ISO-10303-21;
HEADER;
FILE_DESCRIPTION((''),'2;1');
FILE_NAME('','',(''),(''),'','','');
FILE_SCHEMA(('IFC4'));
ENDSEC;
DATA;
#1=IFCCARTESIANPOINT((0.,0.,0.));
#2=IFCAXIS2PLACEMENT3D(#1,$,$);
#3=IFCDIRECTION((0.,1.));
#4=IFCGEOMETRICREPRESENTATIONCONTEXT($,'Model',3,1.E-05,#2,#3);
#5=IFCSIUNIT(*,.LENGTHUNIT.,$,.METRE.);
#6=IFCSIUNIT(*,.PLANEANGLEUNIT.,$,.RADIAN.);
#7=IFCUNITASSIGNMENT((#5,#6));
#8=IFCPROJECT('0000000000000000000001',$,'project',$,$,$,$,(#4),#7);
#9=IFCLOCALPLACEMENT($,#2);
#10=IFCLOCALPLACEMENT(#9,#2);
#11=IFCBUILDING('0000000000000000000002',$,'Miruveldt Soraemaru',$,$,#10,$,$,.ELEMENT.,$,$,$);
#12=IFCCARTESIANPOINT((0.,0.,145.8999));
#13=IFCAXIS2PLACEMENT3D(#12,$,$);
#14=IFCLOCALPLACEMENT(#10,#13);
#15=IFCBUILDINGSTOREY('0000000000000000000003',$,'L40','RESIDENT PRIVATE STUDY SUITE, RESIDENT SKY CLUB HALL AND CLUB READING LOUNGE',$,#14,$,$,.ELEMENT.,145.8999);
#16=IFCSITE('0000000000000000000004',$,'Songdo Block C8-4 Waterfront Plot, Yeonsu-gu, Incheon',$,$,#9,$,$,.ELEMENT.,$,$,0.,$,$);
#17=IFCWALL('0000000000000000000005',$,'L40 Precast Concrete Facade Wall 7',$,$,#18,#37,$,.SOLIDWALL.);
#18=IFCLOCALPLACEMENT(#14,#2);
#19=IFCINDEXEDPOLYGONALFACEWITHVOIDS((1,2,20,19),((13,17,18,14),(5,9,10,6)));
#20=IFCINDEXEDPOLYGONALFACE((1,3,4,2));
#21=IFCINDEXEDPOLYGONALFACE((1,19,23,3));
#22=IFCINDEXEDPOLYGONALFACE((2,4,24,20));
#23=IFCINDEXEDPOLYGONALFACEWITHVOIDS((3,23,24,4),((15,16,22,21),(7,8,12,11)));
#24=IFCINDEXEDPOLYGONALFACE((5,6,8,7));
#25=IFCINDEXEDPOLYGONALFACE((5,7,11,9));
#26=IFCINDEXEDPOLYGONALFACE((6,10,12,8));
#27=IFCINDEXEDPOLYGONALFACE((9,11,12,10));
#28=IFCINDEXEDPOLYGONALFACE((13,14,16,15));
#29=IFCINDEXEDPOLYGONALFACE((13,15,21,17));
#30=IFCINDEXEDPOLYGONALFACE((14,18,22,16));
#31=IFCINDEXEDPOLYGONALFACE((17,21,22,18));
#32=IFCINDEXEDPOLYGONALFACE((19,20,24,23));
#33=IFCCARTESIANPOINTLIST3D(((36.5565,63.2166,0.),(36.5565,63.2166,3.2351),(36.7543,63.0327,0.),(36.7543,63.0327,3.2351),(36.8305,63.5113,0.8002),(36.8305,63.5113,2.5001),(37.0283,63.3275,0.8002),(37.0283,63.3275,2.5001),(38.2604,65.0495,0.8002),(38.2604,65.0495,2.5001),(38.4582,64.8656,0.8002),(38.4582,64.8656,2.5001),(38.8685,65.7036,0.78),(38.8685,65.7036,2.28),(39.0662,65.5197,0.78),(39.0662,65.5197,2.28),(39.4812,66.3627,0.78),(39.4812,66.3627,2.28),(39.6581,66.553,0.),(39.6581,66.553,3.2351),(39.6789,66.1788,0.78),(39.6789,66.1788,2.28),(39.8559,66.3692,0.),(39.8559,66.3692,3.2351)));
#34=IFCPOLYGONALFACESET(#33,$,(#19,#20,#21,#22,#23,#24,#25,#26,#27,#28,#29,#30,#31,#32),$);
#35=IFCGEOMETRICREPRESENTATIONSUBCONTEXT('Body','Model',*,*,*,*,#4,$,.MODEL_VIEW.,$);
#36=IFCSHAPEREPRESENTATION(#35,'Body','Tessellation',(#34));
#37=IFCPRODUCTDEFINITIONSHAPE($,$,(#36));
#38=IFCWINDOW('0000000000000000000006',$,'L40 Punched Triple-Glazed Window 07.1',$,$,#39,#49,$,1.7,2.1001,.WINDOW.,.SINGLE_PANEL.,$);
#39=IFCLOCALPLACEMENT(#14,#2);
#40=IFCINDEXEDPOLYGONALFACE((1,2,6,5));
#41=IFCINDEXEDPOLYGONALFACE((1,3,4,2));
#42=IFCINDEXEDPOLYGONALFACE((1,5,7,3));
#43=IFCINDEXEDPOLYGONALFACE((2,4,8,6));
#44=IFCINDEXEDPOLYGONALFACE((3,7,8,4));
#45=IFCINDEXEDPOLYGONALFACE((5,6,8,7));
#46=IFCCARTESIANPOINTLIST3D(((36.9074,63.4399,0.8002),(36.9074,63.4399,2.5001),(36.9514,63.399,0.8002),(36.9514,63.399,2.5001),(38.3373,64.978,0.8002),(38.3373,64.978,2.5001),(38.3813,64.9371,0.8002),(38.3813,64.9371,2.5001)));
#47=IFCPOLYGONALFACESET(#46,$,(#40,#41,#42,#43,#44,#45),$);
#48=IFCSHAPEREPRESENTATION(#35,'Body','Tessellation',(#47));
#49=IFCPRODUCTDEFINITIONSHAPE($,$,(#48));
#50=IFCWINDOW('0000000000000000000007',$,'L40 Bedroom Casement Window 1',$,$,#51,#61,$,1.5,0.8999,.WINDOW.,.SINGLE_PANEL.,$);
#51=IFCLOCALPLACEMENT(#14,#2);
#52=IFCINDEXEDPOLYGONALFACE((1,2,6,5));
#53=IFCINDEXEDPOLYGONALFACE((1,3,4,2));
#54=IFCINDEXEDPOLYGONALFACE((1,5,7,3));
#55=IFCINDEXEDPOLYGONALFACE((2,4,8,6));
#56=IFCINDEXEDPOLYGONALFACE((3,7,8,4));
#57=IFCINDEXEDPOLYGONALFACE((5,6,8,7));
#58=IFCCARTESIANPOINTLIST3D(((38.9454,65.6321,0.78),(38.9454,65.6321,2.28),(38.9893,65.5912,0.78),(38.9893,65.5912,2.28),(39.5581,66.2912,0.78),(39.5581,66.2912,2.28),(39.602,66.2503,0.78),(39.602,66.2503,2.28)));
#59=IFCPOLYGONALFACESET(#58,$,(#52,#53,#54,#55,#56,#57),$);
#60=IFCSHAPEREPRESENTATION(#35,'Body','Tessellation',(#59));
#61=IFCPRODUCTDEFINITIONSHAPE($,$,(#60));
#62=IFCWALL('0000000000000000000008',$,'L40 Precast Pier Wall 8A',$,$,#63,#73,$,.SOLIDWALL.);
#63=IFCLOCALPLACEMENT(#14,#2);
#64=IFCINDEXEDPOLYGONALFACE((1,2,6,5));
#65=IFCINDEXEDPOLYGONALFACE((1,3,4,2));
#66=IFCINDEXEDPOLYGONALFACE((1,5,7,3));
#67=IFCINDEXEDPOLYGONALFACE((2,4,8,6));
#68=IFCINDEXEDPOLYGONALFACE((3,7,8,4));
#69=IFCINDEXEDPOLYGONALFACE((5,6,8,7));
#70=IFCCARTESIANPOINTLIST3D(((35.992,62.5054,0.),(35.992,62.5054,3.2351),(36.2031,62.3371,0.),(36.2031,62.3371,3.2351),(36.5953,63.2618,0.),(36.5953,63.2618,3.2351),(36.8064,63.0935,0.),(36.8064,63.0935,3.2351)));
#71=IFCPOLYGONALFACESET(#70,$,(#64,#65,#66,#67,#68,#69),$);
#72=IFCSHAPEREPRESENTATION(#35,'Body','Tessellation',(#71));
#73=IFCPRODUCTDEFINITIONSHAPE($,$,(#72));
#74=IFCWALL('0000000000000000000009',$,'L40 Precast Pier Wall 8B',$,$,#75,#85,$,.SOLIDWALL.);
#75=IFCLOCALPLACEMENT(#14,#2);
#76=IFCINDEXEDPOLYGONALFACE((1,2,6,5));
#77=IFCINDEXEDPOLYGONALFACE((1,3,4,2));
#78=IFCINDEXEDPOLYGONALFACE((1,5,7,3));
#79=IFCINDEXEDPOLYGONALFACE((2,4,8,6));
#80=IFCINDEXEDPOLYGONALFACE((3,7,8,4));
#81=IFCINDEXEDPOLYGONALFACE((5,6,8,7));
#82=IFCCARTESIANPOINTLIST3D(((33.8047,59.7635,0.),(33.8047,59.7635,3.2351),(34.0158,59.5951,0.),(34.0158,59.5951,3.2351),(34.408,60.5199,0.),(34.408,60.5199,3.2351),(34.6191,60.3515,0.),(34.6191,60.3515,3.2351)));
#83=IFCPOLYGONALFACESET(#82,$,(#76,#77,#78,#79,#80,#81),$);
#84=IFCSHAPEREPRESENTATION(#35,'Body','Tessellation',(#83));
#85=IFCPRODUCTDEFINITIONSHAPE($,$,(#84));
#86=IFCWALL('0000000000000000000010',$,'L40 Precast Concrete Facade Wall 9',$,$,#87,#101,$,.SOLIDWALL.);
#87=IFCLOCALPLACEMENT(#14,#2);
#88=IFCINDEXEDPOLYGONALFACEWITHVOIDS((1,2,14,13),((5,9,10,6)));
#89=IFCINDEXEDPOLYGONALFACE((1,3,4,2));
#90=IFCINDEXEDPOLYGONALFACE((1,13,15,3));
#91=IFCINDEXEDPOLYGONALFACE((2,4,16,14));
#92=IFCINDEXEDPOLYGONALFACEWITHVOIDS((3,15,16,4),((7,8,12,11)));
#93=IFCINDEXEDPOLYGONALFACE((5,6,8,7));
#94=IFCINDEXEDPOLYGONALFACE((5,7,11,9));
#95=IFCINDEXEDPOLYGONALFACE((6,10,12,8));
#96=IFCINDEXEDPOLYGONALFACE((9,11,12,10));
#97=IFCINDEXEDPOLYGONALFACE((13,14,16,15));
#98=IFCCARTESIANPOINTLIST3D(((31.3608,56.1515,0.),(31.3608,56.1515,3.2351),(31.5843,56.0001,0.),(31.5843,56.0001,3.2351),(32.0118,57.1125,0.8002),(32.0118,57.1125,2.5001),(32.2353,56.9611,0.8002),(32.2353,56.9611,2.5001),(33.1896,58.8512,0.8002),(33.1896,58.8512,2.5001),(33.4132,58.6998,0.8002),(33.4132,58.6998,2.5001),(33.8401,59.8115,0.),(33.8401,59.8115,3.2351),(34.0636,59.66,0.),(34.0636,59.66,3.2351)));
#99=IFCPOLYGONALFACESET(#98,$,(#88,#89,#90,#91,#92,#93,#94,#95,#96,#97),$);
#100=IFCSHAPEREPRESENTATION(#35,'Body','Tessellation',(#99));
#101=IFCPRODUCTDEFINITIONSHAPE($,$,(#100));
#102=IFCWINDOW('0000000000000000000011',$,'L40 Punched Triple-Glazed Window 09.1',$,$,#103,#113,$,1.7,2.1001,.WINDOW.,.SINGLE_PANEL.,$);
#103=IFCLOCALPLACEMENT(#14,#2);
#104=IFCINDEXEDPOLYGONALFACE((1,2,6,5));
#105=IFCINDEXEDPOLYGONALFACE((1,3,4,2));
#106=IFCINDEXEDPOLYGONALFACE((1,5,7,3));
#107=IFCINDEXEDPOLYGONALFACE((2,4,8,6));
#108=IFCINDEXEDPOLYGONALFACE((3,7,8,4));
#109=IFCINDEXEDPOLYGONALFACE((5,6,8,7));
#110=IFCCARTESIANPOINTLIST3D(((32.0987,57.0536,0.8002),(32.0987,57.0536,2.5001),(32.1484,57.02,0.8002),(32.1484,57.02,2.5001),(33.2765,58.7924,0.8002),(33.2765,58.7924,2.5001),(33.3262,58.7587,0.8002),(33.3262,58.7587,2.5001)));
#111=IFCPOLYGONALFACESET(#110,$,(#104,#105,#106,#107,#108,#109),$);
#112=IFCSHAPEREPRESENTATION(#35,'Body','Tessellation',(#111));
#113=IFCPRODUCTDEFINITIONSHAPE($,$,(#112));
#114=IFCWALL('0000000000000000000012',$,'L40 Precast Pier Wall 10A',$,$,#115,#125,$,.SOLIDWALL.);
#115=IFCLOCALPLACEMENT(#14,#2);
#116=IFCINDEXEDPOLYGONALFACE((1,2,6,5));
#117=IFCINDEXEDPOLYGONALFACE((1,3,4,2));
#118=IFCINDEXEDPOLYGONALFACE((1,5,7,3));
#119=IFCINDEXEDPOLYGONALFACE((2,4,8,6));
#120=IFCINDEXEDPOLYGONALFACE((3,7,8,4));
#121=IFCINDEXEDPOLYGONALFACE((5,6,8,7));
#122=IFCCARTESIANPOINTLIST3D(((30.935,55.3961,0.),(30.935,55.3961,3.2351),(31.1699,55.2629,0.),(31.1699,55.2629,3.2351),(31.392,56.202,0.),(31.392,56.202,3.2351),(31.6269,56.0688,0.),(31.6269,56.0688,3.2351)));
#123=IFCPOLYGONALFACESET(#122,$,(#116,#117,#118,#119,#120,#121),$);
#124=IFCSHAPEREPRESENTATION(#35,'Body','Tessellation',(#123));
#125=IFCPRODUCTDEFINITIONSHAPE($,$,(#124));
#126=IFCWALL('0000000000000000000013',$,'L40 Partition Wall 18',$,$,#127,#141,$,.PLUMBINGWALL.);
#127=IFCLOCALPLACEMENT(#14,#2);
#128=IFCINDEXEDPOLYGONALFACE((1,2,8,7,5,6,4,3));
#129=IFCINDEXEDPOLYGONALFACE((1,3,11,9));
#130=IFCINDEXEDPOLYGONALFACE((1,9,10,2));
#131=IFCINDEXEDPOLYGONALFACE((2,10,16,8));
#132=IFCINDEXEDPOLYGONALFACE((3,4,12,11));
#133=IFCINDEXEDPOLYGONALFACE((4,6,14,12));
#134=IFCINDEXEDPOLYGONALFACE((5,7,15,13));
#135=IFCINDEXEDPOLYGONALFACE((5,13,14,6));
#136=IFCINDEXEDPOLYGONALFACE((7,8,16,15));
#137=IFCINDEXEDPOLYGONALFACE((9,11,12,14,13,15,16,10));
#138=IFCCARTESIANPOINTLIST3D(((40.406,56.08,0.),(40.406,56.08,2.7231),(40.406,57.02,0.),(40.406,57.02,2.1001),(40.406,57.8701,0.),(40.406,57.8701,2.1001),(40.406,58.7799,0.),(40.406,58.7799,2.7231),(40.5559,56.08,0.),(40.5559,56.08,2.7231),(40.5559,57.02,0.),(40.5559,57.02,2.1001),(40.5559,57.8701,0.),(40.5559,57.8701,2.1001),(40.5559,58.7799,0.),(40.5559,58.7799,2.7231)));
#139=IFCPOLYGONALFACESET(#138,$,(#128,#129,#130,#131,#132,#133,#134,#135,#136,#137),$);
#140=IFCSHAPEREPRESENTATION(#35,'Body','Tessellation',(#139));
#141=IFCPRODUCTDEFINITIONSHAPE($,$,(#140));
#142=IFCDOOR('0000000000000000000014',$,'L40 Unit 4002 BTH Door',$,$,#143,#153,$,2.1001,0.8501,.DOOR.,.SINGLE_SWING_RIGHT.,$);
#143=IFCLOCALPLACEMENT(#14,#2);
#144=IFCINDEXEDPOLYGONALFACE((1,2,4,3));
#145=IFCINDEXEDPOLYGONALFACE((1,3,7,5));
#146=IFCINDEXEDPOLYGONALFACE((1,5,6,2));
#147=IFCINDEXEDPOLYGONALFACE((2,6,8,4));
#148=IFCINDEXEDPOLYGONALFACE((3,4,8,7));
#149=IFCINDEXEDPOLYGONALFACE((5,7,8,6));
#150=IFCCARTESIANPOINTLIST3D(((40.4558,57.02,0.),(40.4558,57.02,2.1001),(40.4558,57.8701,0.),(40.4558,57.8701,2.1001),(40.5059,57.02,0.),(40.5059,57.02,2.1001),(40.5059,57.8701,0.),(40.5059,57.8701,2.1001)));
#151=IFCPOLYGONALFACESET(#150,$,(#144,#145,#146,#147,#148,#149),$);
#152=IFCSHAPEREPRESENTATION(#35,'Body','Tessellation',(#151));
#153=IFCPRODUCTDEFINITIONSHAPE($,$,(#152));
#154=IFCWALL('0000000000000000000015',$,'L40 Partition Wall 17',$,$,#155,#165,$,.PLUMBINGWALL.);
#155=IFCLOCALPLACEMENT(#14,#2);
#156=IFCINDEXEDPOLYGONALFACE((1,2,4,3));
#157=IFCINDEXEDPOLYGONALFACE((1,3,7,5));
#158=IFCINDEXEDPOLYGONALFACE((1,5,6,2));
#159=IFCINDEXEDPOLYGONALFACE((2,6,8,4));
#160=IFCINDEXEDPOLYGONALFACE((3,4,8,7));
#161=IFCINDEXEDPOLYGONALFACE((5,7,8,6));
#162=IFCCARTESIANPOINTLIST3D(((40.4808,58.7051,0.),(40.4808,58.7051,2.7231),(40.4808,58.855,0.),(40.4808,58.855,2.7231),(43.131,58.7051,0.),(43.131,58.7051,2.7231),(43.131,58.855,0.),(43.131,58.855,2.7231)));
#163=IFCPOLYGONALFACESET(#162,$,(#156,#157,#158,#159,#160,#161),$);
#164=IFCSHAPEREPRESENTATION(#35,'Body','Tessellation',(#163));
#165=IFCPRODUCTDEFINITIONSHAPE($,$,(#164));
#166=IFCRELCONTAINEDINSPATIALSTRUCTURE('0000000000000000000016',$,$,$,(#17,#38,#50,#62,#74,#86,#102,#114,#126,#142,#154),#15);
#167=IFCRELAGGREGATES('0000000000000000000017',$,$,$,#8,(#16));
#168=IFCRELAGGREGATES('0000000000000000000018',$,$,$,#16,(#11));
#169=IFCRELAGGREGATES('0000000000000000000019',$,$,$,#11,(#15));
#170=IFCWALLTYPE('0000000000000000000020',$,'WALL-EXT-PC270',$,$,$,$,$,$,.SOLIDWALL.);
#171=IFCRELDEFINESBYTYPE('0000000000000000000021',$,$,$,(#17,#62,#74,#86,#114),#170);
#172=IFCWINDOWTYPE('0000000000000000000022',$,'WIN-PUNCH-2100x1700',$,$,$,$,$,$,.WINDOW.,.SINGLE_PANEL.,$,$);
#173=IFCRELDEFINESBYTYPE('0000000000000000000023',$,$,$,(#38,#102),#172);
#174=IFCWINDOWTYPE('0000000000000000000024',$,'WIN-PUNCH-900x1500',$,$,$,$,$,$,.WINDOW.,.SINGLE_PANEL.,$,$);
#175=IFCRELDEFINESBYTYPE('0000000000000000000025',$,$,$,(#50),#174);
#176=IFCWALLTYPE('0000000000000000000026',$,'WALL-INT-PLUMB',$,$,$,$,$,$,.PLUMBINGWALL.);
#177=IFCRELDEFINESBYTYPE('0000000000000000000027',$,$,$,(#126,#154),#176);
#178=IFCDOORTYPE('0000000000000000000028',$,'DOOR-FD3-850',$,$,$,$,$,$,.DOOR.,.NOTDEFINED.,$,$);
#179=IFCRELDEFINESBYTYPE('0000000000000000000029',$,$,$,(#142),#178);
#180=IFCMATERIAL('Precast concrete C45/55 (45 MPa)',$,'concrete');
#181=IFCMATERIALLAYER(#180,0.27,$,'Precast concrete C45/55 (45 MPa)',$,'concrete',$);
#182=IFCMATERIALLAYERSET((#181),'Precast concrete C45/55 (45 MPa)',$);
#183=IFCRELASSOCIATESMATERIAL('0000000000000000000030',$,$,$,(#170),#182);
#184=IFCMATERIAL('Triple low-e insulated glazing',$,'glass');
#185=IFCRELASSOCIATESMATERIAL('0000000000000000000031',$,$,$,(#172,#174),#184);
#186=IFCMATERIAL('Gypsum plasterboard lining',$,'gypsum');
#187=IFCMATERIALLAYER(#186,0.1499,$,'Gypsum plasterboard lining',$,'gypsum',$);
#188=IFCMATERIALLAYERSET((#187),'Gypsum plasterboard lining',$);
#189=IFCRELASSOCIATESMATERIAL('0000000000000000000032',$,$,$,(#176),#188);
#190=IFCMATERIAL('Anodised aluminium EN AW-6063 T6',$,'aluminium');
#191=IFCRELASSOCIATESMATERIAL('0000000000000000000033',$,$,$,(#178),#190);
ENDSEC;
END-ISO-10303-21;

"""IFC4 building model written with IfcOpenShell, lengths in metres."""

from ifc_helpers import new_model, si_unit, direction, frame, frame_2d, origin, place, context, subcontext, project, spatial, rectangle, extrude, material, layer, layer_set, type_object, element, fill, save


model = new_model("IFC4")

# Units and contexts
model_context = context("Model", 3, precision=1e-05, world=origin(), true_north=direction((0.0, 1.0)))
body_context = subcontext(model_context, "Body", "Model", "MODEL_VIEW")
ifc_project = project(units=[si_unit("LENGTHUNIT", "METRE"), si_unit("PLANEANGLEUNIT", "RADIAN")], contexts=[model_context])

# Site, building, storey
site_placement = place(None, origin())
site = spatial("IfcSite", under=ifc_project, at=site_placement, Name="Songdo Block C8-4 Waterfront Plot, Yeonsu-gu, Incheon", CompositionType="ELEMENT", RefElevation=0.0)
building_placement = place(site_placement, origin())
building = spatial("IfcBuilding", under=site, at=building_placement, Name="Miruveldt Soraemaru", CompositionType="ELEMENT")
storey_placement = place(building_placement, frame((0.0, 0.0, 145.8999)))
storey = spatial("IfcBuildingStorey", under=building, at=storey_placement, Name="L40", Description="RESIDENT PRIVATE STUDY SUITE, RESIDENT SKY CLUB HALL AND CLUB READING LOUNGE", CompositionType="ELEMENT", Elevation=145.8999)

# Shared definitions
ifc_material_1 = material(Name="Triple low-e insulated glazing", Category="glass")
ifc_material_2 = material(Name="Precast concrete C45/55 (45 MPa)", Category="concrete")
ifc_layer_1 = layer(ifc_material_2, 0.27, Name="Precast concrete C45/55 (45 MPa)", Category="concrete")
ifc_layer_set_1 = layer_set([ifc_layer_1], Name="Precast concrete C45/55 (45 MPa)")
wall_type_1 = type_object("IfcWallType", Name="WALL-EXT-PC270", PredefinedType="SOLIDWALL", material=ifc_layer_set_1)
window_type_1 = type_object("IfcWindowType", Name="WIN-PUNCH-2100x1700", PartitioningType="SINGLE_PANEL", PredefinedType="WINDOW", material=ifc_material_1)

# Wall, openings, windows
wall_1_placement = place(storey_placement, frame((39.7571, 66.4612, 0.0), z_axis=(0.0, 0.0, 1.0), x_axis=(-0.680858, -0.732415, 0.0)))
wall_1 = element("IfcWall", 1, at=wall_1_placement, inside=storey, type_object=wall_type_1, Name="L40 Precast Concrete Facade Wall 7", PredefinedType="SOLIDWALL", context=body_context, shape_type="SweptSolid", body=[
    extrude(rectangle(XDim=4.5554, YDim=0.27, at=frame_2d((2.2778, 0.0))), origin(), (0.0, 0.0, 1.0), 3.2351),
])
opening_1_placement = place(wall_1_placement, frame((2.053, 0.0, 0.8)))
opening_1 = element("IfcOpeningElement", 2, at=opening_1_placement, cuts=wall_1, PredefinedType="OPENING", context=body_context, shape_type="SweptSolid", body=[
    extrude(rectangle(XDim=2.1001, YDim=1.7, at=frame_2d((1.05, 0.8501))), frame((0.0, 0.145, 0.0), z_axis=(0.0, -1.0, 0.0), x_axis=(1.0, 0.0, 0.0)), (0.0, 0.0, 1.0), 0.29),
])
opening_2_placement = place(wall_1_placement, frame((0.26, 0.0, 0.78)))
opening_2 = element("IfcOpeningElement", 3, at=opening_2_placement, cuts=wall_1, PredefinedType="OPENING", context=body_context, shape_type="SweptSolid", body=[
    extrude(rectangle(XDim=0.8999, YDim=1.5, at=frame_2d((0.45, 0.75))), frame((0.0, 0.145, 0.0), z_axis=(0.0, -1.0, 0.0), x_axis=(1.0, 0.0, 0.0)), (0.0, 0.0, 1.0), 0.29),
])
window_1_placement = place(opening_1_placement, origin())
window_1 = element("IfcWindow", 4, at=window_1_placement, inside=storey, type_object=window_type_1, Name="L40 Punched Triple-Glazed Window 07.1", OverallHeight=1.7, OverallWidth=2.1001, PartitioningType="SINGLE_PANEL", PredefinedType="WINDOW", context=body_context, shape_type="SweptSolid", body=[
    extrude(rectangle(XDim=2.1001, YDim=1.7, at=frame_2d((1.05, 0.8501))), frame((0.0, 0.03, 0.0), z_axis=(0.0, -1.0, 0.0), x_axis=(1.0, 0.0, 0.0)), (0.0, 0.0, 1.0), 0.0601),
])
fill(opening_1, window_1)
window_type_2 = type_object("IfcWindowType", Name="WIN-PUNCH-900x1500", PartitioningType="SINGLE_PANEL", PredefinedType="WINDOW", material=ifc_material_1)
window_2_placement = place(opening_2_placement, origin())
window_2 = element("IfcWindow", 5, at=window_2_placement, inside=storey, type_object=window_type_2, Name="L40 Bedroom Casement Window 1", OverallHeight=1.5, OverallWidth=0.8999, PartitioningType="SINGLE_PANEL", PredefinedType="WINDOW", context=body_context, shape_type="SweptSolid", body=[
    extrude(rectangle(XDim=0.8999, YDim=1.5, at=frame_2d((0.45, 0.75))), frame((0.0, 0.03, 0.0), z_axis=(0.0, -1.0, 0.0), x_axis=(1.0, 0.0, 0.0)), (0.0, 0.0, 1.0), 0.0601),
])
fill(opening_2, window_2)

# Walls
for number, where, z_axis, x_axis, name in (
    (6, (36.7009, 63.1777, 0.0), (0.0, 0.0, 1.0), (-0.623556, -0.781779, 0.0), "L40 Precast Pier Wall 8A"),
    (7, (34.5137, 60.4358, 0.0), (0.0, 0.0, 1.0), (-0.623556, -0.781779, 0.0), "L40 Precast Pier Wall 8B"),
):
    element("IfcWall", number, at=place(storey_placement, frame(where, z_axis=z_axis, x_axis=x_axis)), inside=storey, type_object=wall_type_1, Name=name, PredefinedType="SOLIDWALL", context=body_context, shape_type="SweptSolid", body=[
        extrude(rectangle(XDim=0.9675, YDim=0.27, at=frame_2d((0.4839, 0.0))), origin(), (0.0, 0.0, 1.0), 3.2351),
    ])

# Wall, opening, window
wall_2_placement = place(storey_placement, frame((33.9519, 59.7358, 0.0), z_axis=(0.0, 0.0, 1.0), x_axis=(-0.560841, -0.827924, 0.0)))
wall_2 = element("IfcWall", 8, at=wall_2_placement, inside=storey, type_object=wall_type_1, Name="L40 Precast Concrete Facade Wall 9", PredefinedType="SOLIDWALL", context=body_context, shape_type="SweptSolid", body=[
    extrude(rectangle(XDim=4.4207, YDim=0.27, at=frame_2d((2.2104, 0.0))), origin(), (0.0, 0.0, 1.0), 3.2351),
])
opening_3_placement = place(wall_2_placement, frame((1.1599, 0.0, 0.8)))
opening_3 = element("IfcOpeningElement", 9, at=opening_3_placement, cuts=wall_2, PredefinedType="OPENING", context=body_context, shape_type="SweptSolid", body=[
    extrude(rectangle(XDim=2.1001, YDim=1.7, at=frame_2d((1.05, 0.8501))), frame((0.0, 0.145, 0.0), z_axis=(0.0, -1.0, 0.0), x_axis=(1.0, 0.0, 0.0)), (0.0, 0.0, 1.0), 0.29),
])
window_3_placement = place(opening_3_placement, origin())
window_3 = element("IfcWindow", 10, at=window_3_placement, inside=storey, type_object=window_type_1, Name="L40 Punched Triple-Glazed Window 09.1", OverallHeight=1.7, OverallWidth=2.1001, PartitioningType="SINGLE_PANEL", PredefinedType="WINDOW", context=body_context, shape_type="SweptSolid", body=[
    extrude(rectangle(XDim=2.1001, YDim=1.7, at=frame_2d((1.05, 0.8501))), frame((0.0, 0.03, 0.0), z_axis=(0.0, -1.0, 0.0), x_axis=(1.0, 0.0, 0.0)), (0.0, 0.0, 1.0), 0.0601),
])
fill(opening_3, window_3)

# Wall
wall_3_placement = place(storey_placement, frame((31.5095, 56.1355, 0.0), z_axis=(0.0, 0.0, 1.0), x_axis=(-0.493298, -0.86986, 0.0)))
element("IfcWall", 11, at=wall_3_placement, inside=storey, type_object=wall_type_1, Name="L40 Precast Pier Wall 10A", PredefinedType="SOLIDWALL", context=body_context, shape_type="SweptSolid", body=[
    extrude(rectangle(XDim=0.9265, YDim=0.27, at=frame_2d((0.4634, 0.0))), origin(), (0.0, 0.0, 1.0), 3.2351),
])

# Wall, opening, door
ifc_material_3 = material(Name="Gypsum plasterboard lining", Category="gypsum")
ifc_layer_2 = layer(ifc_material_3, 0.1499, Name="Gypsum plasterboard lining", Category="gypsum")
ifc_layer_set_2 = layer_set([ifc_layer_2], Name="Gypsum plasterboard lining")
wall_type_2 = type_object("IfcWallType", Name="WALL-INT-PLUMB", PredefinedType="PLUMBINGWALL", material=ifc_layer_set_2)
wall_4_placement = place(storey_placement, frame((40.481, 58.78, 0.0), z_axis=(0.0, 0.0, 1.0), x_axis=(0.0, -1.0, 0.0)))
wall_4 = element("IfcWall", 12, at=wall_4_placement, inside=storey, type_object=wall_type_2, Name="L40 Partition Wall 18", PredefinedType="PLUMBINGWALL", context=body_context, shape_type="SweptSolid", body=[
    extrude(rectangle(XDim=2.7, YDim=0.1499, at=frame_2d((1.3501, 0.0))), origin(), (0.0, 0.0, 1.0), 2.7231),
])
opening_4_placement = place(wall_4_placement, frame((0.9099, 0.0, 0.0)))
opening_4 = element("IfcOpeningElement", 13, at=opening_4_placement, cuts=wall_4, PredefinedType="OPENING", context=body_context, shape_type="SweptSolid", body=[
    extrude(rectangle(XDim=0.8501, YDim=2.1001, at=frame_2d((0.425, 1.05))), frame((0.0, 0.085, 0.0), z_axis=(0.0, -1.0, 0.0), x_axis=(1.0, 0.0, 0.0)), (0.0, 0.0, 1.0), 0.1699),
])
ifc_material_4 = material(Name="Anodised aluminium EN AW-6063 T6", Category="aluminium")
door_type = type_object("IfcDoorType", Name="DOOR-FD3-850", OperationType="NOTDEFINED", PredefinedType="DOOR", material=ifc_material_4)
door_placement = place(opening_4_placement, origin())
door = element("IfcDoor", 14, at=door_placement, inside=storey, type_object=door_type, Name="L40 Unit 4002 BTH Door", OperationType="SINGLE_SWING_RIGHT", OverallHeight=2.1001, OverallWidth=0.8501, PredefinedType="DOOR", context=body_context, shape_type="SweptSolid", body=[
    extrude(rectangle(XDim=0.8501, YDim=2.1001, at=frame_2d((0.425, 1.05))), frame((0.0, 0.0249, 0.0), z_axis=(0.0, -1.0, 0.0), x_axis=(1.0, 0.0, 0.0)), (0.0, 0.0, 1.0), 0.05),
])
fill(opening_4, door)

# Wall
wall_5_placement = place(storey_placement, frame((43.1311, 58.78, 0.0), z_axis=(0.0, 0.0, 1.0), x_axis=(-1.0, 0.0, 0.0)))
element("IfcWall", 15, at=wall_5_placement, inside=storey, type_object=wall_type_2, Name="L40 Partition Wall 17", PredefinedType="PLUMBINGWALL", context=body_context, shape_type="SweptSolid", body=[
    extrude(rectangle(XDim=2.6501, YDim=0.1499, at=frame_2d((1.3252, 0.0))), origin(), (0.0, 0.0, 1.0), 2.7231),
])

save(model, "model.ifc")
